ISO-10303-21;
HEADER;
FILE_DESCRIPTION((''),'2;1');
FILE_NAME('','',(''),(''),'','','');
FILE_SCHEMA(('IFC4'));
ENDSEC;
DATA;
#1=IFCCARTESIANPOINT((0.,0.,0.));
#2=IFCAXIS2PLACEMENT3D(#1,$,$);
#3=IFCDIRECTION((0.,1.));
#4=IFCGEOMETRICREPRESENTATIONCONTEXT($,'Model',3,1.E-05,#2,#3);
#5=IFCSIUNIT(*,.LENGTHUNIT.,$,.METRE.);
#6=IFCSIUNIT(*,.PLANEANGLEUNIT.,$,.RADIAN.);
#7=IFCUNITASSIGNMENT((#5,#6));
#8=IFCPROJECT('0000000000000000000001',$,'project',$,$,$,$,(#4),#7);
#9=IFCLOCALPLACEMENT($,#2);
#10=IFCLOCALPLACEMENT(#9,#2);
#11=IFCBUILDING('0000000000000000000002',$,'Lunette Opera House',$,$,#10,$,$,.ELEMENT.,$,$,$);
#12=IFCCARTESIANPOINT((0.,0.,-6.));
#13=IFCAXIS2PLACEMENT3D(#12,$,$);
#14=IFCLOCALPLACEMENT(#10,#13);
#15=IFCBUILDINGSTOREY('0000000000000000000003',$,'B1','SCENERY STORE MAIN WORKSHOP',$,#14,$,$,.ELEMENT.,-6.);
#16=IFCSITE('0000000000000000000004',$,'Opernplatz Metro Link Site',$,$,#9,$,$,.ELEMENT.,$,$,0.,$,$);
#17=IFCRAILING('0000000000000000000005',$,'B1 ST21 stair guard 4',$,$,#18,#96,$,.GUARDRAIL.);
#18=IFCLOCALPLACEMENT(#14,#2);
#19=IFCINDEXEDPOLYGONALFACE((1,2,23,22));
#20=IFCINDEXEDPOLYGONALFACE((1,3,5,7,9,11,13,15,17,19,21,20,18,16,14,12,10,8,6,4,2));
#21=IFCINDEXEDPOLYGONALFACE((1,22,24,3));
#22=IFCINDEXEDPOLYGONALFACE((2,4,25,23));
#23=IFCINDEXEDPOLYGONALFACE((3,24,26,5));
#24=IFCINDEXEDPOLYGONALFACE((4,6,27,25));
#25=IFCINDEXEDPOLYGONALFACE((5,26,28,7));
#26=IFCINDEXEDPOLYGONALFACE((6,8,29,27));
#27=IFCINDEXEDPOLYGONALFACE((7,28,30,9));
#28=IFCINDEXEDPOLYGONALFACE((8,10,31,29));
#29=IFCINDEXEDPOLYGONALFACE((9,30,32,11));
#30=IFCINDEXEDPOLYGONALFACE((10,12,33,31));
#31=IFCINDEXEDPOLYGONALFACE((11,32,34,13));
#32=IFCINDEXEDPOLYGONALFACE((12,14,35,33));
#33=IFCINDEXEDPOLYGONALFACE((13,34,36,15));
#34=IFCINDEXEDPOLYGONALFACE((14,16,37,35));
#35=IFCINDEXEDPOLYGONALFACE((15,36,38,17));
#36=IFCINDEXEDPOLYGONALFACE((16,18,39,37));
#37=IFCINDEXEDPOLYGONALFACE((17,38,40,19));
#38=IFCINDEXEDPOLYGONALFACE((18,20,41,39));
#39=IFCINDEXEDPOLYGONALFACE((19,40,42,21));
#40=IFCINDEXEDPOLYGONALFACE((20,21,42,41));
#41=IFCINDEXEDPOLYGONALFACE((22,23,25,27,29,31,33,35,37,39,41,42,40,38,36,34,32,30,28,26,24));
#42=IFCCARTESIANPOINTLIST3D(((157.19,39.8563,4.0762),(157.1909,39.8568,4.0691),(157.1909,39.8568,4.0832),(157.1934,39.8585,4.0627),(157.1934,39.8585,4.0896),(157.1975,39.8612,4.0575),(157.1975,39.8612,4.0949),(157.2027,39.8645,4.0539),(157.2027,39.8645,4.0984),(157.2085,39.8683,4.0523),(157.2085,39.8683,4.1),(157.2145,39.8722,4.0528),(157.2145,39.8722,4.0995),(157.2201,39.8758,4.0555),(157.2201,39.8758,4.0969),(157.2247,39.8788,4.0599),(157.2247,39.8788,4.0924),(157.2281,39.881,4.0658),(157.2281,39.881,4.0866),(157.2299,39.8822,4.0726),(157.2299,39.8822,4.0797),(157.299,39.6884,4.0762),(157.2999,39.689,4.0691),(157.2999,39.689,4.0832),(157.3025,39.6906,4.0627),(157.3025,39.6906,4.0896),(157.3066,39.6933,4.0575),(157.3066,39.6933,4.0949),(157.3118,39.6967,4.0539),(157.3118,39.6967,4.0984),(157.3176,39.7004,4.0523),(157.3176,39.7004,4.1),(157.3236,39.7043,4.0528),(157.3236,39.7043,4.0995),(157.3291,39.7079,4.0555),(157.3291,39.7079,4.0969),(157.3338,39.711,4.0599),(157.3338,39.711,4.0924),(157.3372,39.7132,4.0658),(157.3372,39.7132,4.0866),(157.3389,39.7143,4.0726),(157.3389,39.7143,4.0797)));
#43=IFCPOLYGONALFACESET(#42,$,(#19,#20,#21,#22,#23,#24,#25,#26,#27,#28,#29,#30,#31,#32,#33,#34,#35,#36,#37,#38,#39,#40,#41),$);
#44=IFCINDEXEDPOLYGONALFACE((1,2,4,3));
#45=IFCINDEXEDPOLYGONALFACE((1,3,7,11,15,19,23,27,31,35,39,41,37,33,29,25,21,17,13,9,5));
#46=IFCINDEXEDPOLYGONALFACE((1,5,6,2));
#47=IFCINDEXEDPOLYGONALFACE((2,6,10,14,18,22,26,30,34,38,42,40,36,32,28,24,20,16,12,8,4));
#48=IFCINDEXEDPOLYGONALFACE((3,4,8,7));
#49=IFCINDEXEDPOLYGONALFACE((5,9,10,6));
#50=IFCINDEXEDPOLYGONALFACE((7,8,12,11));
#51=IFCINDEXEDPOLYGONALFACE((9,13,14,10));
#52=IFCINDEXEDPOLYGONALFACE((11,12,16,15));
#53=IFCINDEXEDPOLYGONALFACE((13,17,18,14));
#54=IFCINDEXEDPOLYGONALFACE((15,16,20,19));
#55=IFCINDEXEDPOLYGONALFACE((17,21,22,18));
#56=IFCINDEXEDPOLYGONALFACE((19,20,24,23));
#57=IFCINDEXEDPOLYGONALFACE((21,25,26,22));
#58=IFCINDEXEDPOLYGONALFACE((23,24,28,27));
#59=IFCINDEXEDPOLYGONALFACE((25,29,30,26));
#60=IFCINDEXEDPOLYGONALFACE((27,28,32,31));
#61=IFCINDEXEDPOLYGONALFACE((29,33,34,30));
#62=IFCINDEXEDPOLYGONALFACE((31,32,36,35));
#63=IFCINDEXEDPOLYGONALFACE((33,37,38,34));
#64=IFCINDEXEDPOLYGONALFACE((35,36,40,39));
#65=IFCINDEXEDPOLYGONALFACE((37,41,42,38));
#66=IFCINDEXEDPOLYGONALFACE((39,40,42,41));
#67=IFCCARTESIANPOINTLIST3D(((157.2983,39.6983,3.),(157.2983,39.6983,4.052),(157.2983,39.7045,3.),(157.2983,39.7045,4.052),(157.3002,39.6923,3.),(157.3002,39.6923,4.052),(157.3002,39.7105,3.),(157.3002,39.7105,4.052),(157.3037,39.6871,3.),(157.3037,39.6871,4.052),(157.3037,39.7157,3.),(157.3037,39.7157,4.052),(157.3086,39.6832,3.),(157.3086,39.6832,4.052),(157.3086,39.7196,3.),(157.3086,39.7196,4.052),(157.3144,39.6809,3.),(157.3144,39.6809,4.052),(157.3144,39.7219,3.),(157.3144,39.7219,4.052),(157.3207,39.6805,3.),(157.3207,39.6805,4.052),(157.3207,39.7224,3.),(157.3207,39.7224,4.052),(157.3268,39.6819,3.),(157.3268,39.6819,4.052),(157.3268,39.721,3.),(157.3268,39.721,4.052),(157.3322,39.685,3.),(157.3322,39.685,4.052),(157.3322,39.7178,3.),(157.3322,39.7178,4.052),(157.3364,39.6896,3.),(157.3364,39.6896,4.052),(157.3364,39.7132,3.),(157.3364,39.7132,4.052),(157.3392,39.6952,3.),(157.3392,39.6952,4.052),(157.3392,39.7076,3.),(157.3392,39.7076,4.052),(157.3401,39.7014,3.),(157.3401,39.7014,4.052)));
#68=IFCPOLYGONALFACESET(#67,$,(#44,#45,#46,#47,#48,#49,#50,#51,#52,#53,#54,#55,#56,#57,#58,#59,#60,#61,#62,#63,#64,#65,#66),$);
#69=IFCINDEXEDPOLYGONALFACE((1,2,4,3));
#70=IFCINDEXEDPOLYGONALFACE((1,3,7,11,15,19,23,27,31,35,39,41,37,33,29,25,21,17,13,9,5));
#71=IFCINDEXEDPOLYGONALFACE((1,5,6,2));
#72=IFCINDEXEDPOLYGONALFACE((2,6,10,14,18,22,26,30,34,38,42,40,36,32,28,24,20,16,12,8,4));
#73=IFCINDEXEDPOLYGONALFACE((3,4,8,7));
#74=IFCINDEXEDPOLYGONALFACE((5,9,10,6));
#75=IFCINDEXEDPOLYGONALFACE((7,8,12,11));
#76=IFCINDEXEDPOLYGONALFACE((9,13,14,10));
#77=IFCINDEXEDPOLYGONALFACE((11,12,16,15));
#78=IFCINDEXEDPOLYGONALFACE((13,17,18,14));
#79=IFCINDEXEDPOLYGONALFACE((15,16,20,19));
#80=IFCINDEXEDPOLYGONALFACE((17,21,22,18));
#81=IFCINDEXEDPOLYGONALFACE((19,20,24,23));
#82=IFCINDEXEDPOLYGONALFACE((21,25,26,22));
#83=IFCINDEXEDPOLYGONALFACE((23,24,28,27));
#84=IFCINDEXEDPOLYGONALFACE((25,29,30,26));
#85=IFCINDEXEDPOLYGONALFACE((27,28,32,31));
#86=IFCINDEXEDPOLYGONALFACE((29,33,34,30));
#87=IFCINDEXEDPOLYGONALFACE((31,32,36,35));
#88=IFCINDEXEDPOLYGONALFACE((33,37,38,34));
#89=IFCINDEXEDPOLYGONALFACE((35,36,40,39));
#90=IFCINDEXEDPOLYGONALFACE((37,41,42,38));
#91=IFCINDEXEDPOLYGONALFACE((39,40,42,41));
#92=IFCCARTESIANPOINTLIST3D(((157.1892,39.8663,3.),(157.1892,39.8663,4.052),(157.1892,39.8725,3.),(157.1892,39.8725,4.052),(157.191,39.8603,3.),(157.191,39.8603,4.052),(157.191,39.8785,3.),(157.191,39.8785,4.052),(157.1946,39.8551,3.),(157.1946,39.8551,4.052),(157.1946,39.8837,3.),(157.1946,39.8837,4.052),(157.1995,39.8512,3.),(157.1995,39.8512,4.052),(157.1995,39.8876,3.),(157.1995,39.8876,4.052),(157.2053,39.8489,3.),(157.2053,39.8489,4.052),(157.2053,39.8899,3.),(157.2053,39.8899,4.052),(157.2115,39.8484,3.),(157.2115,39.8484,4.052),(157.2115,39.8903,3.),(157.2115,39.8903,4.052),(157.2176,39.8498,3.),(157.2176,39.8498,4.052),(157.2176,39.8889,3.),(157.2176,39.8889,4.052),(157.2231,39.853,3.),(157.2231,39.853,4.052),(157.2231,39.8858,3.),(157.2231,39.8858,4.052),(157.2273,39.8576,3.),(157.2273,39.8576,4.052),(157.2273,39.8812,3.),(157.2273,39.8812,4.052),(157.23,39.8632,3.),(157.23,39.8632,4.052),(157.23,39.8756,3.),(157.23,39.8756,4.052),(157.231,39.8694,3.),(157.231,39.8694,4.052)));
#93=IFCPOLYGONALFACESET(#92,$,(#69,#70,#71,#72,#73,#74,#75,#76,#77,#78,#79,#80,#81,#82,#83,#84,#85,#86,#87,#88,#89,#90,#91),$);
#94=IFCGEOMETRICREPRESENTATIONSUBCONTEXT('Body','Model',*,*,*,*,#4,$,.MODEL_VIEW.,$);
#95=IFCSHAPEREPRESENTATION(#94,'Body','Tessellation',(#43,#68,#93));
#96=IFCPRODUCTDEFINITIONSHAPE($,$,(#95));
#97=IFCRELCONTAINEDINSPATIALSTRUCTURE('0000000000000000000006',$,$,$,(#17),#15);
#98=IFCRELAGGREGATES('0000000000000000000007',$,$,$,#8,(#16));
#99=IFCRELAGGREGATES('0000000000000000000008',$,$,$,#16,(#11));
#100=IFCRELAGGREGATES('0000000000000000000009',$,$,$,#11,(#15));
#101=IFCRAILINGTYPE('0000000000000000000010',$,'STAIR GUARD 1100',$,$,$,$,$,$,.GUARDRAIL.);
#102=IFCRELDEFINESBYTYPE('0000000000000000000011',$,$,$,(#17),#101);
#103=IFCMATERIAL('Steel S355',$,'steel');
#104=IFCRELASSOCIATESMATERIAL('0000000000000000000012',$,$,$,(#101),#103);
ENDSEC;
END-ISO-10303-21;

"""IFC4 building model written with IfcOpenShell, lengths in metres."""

from ifc_helpers import new_model, si_unit, direction, frame, origin, origin_2d, place, context, subcontext, project, spatial, circle, extrude, material, type_object, element, save


model = new_model("IFC4")

# Units and contexts
model_context = context("Model", 3, precision=1e-05, world=origin(), true_north=direction((0.0, 1.0)))
body_context = subcontext(model_context, "Body", "Model", "MODEL_VIEW")
ifc_project = project(units=[si_unit("LENGTHUNIT", "METRE"), si_unit("PLANEANGLEUNIT", "RADIAN")], contexts=[model_context])

# Site, building, storey
site_placement = place(None, origin())
site = spatial("IfcSite", under=ifc_project, at=site_placement, Name="Opernplatz Metro Link Site", CompositionType="ELEMENT", RefElevation=0.0)
building_placement = place(site_placement, origin())
building = spatial("IfcBuilding", under=site, at=building_placement, Name="Lunette Opera House", CompositionType="ELEMENT")
storey_placement = place(building_placement, frame((0.0, 0.0, -6.0)))
storey = spatial("IfcBuildingStorey", under=building, at=storey_placement, Name="B1", Description="SCENERY STORE MAIN WORKSHOP", CompositionType="ELEMENT", Elevation=-6.0)

# Railing
ifc_material_1 = material(Name="Steel S355", Category="steel")
railing_type_1 = type_object("IfcRailingType", Name="STAIR GUARD 1100", PredefinedType="GUARDRAIL", material=ifc_material_1)
railing_1_placement = place(storey_placement, frame((157.3191, 39.7014, 3.0)))
element("IfcRailing", 1, at=railing_1_placement, inside=storey, type_object=railing_type_1, Name="B1 ST21 stair guard 4", PredefinedType="GUARDRAIL", context=body_context, shape_type="SweptSolid", body=[
    extrude(circle(Radius=0.0239, at=origin_2d()), frame((0.0, 0.0, 1.0762), z_axis=(-0.544817, 0.838555, 0.0), x_axis=(-0.838555, -0.544817, 0.0)), (0.0, 0.0, 1.0), 0.2002),
    extrude(circle(Radius=0.021, at=origin_2d()), origin(), (0.0, 0.0, 1.0), 1.052),
    extrude(circle(Radius=0.021, at=origin_2d()), frame((-0.1091, 0.168, 0.0)), (0.0, 0.0, 1.0), 1.052),
])

save(model, "model.ifc")
